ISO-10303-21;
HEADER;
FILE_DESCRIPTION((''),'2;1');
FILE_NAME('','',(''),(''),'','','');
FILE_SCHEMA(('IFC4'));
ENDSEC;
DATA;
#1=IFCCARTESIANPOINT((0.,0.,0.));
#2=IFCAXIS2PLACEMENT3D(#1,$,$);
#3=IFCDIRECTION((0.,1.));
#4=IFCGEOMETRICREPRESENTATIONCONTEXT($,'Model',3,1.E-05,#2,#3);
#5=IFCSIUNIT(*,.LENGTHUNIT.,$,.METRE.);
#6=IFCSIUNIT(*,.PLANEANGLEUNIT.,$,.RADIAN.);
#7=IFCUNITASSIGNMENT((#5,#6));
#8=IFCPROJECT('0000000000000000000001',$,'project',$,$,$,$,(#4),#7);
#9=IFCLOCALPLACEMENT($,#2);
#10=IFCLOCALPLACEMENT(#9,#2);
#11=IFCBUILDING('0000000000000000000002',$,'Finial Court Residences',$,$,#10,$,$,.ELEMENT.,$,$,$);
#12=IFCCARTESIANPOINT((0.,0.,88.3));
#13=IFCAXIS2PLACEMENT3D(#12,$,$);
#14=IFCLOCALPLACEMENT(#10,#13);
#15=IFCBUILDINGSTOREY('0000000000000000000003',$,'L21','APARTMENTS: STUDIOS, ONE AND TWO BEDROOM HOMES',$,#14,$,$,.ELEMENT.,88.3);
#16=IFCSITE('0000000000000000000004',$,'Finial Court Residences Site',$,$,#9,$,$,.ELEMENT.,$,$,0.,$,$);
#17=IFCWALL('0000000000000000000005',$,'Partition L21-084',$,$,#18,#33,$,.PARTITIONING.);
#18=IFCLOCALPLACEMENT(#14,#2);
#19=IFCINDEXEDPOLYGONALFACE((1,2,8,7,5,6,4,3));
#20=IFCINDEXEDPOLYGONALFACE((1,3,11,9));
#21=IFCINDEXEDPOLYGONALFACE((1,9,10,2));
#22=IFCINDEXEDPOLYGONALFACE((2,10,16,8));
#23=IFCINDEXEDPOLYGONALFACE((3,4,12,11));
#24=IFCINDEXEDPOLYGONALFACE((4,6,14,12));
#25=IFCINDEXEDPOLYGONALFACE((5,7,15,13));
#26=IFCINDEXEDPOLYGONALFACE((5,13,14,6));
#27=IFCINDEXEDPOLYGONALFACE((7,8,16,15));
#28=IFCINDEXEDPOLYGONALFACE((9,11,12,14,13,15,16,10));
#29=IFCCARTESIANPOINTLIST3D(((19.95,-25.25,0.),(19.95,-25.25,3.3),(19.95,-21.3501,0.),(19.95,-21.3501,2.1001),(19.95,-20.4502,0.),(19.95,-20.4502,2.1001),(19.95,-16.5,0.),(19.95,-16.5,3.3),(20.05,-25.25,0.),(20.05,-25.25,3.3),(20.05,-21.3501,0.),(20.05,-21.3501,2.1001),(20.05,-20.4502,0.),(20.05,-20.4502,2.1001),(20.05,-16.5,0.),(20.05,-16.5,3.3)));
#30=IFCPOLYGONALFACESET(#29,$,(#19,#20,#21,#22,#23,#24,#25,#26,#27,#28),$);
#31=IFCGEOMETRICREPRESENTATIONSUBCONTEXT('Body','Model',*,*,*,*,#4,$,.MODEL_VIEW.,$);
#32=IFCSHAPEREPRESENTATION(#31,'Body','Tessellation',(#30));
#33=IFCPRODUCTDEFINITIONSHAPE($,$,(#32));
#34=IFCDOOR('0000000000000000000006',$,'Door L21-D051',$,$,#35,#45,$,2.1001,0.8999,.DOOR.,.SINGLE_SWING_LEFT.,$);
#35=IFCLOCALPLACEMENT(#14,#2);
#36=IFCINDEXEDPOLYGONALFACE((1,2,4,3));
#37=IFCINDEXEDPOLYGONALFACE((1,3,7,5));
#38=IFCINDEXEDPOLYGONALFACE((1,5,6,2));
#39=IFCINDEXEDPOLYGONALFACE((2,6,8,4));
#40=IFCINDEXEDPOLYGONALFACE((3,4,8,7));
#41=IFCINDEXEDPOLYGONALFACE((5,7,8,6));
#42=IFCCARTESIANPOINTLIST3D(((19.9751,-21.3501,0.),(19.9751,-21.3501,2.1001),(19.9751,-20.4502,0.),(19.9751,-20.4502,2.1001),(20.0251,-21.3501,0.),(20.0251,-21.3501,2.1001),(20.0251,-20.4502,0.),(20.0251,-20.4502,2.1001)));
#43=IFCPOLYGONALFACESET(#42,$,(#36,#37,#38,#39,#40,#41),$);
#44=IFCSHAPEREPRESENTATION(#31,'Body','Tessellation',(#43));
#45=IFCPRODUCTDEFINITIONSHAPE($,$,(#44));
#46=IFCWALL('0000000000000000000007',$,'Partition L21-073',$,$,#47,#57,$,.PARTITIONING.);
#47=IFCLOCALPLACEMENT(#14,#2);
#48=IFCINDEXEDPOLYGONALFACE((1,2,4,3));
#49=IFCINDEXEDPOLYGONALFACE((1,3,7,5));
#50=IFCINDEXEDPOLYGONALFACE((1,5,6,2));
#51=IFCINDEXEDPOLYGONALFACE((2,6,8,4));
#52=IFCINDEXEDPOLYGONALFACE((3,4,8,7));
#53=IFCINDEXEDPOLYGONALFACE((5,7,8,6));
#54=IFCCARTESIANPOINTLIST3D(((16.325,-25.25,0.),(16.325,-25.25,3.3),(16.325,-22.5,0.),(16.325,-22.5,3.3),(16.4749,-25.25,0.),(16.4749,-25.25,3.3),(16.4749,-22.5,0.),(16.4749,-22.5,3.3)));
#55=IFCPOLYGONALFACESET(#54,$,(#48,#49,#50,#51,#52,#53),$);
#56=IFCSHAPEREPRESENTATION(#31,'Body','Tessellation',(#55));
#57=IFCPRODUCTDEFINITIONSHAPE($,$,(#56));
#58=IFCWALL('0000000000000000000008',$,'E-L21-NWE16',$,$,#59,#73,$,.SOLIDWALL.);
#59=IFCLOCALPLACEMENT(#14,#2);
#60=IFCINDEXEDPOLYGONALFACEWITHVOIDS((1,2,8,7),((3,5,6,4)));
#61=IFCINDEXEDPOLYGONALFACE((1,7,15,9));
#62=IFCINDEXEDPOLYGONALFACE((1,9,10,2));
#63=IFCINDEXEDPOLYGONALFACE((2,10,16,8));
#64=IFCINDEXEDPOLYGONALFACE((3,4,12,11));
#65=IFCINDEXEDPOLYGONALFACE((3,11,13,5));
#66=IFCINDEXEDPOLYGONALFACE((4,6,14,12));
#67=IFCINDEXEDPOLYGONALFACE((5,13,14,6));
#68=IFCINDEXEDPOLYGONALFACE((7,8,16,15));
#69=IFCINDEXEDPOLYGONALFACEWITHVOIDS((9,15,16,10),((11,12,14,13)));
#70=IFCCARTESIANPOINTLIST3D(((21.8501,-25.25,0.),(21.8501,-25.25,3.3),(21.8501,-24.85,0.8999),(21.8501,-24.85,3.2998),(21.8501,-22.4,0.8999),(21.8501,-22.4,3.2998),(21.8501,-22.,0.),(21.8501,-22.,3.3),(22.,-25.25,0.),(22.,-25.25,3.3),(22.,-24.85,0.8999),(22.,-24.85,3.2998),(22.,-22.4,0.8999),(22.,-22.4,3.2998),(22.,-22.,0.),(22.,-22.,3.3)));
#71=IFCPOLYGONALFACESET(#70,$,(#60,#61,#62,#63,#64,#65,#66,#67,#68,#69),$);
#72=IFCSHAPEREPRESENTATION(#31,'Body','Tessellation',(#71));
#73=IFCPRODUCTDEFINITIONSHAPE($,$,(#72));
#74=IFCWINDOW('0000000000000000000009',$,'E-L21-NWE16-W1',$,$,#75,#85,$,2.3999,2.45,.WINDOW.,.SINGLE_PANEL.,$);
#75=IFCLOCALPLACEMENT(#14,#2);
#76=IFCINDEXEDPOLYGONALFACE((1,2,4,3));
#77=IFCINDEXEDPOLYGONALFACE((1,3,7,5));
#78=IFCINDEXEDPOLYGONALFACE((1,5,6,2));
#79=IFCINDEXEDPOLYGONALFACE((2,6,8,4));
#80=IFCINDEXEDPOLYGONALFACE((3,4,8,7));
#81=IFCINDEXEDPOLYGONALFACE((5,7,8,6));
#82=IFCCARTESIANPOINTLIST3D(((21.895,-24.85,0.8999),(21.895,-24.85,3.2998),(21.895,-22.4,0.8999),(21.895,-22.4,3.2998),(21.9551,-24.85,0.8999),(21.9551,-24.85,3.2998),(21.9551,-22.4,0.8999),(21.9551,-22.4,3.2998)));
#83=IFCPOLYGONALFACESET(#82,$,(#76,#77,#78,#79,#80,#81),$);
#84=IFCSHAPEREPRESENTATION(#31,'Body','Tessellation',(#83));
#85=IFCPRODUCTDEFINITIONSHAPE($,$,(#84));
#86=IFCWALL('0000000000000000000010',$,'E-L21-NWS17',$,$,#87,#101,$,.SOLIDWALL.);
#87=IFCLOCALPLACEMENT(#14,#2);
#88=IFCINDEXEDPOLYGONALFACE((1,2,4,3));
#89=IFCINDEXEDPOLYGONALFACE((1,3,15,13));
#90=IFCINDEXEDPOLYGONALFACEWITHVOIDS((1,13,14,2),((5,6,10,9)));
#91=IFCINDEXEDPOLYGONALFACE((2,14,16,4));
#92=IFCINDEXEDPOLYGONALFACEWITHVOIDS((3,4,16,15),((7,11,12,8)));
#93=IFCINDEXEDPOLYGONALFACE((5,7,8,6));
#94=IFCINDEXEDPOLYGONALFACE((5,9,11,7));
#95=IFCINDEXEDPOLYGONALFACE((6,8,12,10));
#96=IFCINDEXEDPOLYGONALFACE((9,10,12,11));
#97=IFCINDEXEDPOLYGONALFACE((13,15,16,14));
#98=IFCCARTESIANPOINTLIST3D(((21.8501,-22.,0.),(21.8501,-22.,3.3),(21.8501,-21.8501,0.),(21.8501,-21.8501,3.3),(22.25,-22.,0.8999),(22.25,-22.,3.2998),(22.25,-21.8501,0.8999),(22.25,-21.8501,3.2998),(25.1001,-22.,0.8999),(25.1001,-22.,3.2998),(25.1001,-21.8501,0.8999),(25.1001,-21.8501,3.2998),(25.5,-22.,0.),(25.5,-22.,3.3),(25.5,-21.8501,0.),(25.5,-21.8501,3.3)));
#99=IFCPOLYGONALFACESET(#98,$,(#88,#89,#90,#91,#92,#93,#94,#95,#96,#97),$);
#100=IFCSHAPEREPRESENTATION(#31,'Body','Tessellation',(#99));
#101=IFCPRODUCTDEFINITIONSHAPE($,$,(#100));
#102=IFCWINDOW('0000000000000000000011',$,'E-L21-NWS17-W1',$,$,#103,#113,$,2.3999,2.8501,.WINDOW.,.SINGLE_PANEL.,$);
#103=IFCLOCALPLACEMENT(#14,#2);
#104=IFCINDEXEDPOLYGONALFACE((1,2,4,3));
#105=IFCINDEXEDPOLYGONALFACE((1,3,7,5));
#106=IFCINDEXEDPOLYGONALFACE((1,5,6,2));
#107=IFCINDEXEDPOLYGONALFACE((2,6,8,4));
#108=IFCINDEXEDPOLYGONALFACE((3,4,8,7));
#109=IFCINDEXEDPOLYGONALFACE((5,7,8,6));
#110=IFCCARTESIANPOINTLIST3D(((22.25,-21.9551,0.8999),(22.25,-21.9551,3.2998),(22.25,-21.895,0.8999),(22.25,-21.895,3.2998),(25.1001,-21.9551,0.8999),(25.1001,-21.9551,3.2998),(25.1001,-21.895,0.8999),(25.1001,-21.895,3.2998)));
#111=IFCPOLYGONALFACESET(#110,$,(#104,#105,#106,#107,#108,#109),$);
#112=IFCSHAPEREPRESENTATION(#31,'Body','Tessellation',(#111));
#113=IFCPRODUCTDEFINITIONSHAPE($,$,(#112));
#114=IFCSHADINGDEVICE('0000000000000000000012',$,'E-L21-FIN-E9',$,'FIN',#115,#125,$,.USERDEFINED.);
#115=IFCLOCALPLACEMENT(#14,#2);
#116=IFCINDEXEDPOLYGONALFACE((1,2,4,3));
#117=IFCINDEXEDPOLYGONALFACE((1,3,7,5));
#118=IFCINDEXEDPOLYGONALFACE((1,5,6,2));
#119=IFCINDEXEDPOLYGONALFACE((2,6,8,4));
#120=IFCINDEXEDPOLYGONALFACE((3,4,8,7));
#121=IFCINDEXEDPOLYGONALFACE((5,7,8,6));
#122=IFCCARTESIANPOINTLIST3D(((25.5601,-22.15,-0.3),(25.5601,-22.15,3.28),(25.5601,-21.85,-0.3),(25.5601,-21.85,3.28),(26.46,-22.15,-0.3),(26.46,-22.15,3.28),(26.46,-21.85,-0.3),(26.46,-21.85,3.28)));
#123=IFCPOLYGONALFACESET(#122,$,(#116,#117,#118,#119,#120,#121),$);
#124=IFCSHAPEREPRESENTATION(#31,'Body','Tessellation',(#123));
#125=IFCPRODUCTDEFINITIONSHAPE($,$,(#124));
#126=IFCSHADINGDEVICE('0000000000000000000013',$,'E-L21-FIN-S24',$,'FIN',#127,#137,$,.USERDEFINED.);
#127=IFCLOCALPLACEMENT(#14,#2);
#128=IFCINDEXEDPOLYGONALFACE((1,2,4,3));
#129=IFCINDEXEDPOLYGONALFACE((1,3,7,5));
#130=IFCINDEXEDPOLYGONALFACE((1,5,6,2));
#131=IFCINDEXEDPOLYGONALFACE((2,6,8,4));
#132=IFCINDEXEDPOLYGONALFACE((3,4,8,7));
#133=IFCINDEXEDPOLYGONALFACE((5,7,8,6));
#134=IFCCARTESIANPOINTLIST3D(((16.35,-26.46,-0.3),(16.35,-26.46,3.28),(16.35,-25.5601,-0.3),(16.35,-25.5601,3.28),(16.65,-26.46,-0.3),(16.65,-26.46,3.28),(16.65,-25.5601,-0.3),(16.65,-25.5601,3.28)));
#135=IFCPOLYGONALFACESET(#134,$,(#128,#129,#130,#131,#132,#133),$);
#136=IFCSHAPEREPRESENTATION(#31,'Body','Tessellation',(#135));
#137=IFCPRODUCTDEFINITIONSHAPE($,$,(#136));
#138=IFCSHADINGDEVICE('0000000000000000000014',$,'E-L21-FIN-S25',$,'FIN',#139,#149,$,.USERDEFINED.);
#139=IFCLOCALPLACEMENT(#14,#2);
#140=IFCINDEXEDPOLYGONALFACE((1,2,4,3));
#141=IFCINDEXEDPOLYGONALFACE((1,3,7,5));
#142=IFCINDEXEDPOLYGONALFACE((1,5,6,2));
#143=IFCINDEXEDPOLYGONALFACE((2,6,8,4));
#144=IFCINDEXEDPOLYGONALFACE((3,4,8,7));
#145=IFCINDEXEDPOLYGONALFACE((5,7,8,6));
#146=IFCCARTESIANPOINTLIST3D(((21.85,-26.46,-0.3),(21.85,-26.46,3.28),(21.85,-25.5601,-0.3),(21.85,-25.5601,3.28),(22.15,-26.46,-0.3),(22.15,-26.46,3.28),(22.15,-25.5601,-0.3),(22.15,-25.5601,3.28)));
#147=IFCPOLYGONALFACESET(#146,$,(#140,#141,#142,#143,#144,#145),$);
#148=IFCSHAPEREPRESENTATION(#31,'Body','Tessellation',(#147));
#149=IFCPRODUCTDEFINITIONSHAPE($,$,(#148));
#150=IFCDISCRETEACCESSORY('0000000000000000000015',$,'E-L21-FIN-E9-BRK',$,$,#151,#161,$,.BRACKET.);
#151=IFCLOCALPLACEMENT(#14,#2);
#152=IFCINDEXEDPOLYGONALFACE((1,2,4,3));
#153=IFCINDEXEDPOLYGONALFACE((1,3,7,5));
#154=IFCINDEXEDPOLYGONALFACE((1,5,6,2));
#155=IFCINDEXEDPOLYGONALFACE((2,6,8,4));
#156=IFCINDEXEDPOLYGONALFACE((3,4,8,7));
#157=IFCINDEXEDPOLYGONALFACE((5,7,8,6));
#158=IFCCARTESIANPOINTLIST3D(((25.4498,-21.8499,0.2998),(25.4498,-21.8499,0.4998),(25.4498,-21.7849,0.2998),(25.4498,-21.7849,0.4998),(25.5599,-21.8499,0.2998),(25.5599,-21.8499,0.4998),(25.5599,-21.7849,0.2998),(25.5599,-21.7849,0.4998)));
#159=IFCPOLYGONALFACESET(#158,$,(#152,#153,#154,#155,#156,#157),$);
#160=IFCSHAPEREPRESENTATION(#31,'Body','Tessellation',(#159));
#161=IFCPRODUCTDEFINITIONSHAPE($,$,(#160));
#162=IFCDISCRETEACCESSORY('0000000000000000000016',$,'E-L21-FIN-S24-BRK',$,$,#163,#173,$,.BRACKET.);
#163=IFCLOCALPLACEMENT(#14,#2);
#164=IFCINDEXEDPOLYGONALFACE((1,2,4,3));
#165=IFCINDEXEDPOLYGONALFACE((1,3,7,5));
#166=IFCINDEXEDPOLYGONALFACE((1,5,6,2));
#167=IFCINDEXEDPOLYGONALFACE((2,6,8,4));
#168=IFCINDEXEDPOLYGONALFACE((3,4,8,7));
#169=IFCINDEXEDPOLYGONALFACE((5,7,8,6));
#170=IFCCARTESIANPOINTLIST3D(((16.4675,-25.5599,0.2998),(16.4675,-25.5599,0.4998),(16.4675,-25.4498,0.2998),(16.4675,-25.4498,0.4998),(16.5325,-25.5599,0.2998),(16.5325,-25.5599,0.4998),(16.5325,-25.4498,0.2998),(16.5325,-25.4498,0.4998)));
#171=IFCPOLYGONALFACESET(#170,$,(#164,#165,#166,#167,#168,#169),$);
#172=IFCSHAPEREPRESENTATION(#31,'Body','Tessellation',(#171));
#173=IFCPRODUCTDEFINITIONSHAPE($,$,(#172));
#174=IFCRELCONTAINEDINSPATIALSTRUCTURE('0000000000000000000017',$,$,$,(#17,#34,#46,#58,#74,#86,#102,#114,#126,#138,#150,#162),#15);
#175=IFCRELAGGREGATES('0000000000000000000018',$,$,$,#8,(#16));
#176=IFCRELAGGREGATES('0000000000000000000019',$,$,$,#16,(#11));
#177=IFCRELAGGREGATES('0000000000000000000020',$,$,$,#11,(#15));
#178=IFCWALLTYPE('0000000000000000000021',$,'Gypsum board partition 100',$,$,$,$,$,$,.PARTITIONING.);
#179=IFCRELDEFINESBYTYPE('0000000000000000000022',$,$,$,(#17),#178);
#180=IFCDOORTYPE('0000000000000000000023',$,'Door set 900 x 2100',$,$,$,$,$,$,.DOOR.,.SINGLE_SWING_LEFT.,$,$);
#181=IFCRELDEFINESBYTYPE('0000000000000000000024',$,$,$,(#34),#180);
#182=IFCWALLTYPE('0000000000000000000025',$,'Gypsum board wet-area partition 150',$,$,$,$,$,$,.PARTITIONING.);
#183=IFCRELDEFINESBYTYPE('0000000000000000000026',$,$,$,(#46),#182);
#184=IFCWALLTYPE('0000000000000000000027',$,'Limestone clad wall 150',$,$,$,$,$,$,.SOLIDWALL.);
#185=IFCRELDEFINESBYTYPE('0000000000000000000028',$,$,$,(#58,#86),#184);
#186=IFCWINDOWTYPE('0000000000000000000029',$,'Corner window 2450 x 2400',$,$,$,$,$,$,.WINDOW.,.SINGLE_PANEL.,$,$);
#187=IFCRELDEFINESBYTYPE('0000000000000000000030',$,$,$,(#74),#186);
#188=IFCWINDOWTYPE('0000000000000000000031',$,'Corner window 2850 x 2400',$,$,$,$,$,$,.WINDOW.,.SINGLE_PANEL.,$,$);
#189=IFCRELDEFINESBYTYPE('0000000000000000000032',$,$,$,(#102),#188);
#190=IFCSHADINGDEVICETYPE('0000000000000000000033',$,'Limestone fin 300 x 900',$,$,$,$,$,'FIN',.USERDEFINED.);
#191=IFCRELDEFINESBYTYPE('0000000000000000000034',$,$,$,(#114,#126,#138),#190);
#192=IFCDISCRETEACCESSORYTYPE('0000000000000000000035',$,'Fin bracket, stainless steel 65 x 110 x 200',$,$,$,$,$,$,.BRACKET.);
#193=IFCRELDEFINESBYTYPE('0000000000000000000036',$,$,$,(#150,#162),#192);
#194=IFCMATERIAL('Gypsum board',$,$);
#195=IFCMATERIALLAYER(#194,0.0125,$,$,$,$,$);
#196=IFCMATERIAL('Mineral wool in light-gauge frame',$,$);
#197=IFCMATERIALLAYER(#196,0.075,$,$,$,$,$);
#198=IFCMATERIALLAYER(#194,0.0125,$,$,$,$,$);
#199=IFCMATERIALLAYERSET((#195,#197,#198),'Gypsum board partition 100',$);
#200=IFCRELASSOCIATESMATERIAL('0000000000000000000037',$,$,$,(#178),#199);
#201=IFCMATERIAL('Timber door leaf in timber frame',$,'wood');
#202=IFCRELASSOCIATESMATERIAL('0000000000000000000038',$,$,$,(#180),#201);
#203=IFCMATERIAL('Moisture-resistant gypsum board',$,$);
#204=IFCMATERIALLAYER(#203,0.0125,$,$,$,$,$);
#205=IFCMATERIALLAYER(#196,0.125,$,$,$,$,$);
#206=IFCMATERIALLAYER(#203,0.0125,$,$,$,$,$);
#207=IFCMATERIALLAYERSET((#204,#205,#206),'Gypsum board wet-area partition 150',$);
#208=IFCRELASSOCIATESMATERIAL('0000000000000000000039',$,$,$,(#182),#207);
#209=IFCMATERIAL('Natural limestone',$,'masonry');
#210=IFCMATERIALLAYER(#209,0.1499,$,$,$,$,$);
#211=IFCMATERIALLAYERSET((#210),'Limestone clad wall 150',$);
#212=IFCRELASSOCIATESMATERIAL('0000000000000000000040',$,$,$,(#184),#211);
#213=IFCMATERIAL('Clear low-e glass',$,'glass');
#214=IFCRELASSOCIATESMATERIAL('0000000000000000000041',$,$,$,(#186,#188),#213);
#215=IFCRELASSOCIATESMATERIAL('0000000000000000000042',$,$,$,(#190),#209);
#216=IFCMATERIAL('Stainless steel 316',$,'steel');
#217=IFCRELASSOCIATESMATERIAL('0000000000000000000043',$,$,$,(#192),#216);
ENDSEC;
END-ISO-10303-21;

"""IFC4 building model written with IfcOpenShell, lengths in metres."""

from ifc_helpers import new_model, si_unit, direction, frame, frame_2d, origin, origin_2d, place, context, subcontext, project, spatial, rectangle, extrude, material, layer, layer_set, type_object, element, fill, save


model = new_model("IFC4")

# Units and contexts
model_context = context("Model", 3, precision=1e-05, world=origin(), true_north=direction((0.0, 1.0)))
body_context = subcontext(model_context, "Body", "Model", "MODEL_VIEW")
ifc_project = project(units=[si_unit("LENGTHUNIT", "METRE"), si_unit("PLANEANGLEUNIT", "RADIAN")], contexts=[model_context])

# Site, building, storey
site_placement = place(None, origin())
site = spatial("IfcSite", under=ifc_project, at=site_placement, Name="Finial Court Residences Site", CompositionType="ELEMENT", RefElevation=0.0)
building_placement = place(site_placement, origin())
building = spatial("IfcBuilding", under=site, at=building_placement, Name="Finial Court Residences", CompositionType="ELEMENT")
storey_placement = place(building_placement, frame((0.0, 0.0, 88.3)))
storey = spatial("IfcBuildingStorey", under=building, at=storey_placement, Name="L21", Description="APARTMENTS: STUDIOS, ONE AND TWO BEDROOM HOMES", CompositionType="ELEMENT", Elevation=88.3)

# Shared definitions
ifc_material_1 = material(Name="Clear low-e glass", Category="glass")

# Shared definitions
ifc_material_2 = material(Name="Gypsum board")
ifc_layer_1 = layer(ifc_material_2, 0.0125)
ifc_material_3 = material(Name="Mineral wool in light-gauge frame")
ifc_layer_2 = layer(ifc_material_3, 0.075)
ifc_layer_3 = layer(ifc_material_2, 0.0125)
ifc_layer_set_1 = layer_set([ifc_layer_1, ifc_layer_2, ifc_layer_3], Name="Gypsum board partition 100")
wall_type_1 = type_object("IfcWallType", Name="Gypsum board partition 100", PredefinedType="PARTITIONING", material=ifc_layer_set_1)

# Wall, opening, door
wall_1_placement = place(storey_placement, frame((20.0, -25.25, 0.0), z_axis=(0.0, 0.0, 1.0), x_axis=(0.0, 1.0, 0.0)))
wall_1 = element("IfcWall", 1, at=wall_1_placement, inside=storey, type_object=wall_type_1, Name="Partition L21-084", PredefinedType="PARTITIONING", context=body_context, shape_type="SweptSolid", body=[
    extrude(rectangle(XDim=8.75, YDim=0.1001, at=frame_2d((4.375, 0.0))), origin(), (0.0, 0.0, 1.0), 3.3),
])
opening_1_placement = place(wall_1_placement, frame((3.8999, 0.0, 0.0)))
opening_1 = element("IfcOpeningElement", 2, at=opening_1_placement, cuts=wall_1, PredefinedType="OPENING", context=body_context, shape_type="SweptSolid", body=[
    extrude(rectangle(XDim=0.8999, YDim=2.1001, at=frame_2d((0.45, 1.05))), frame((0.0, 0.0601, 0.0), z_axis=(0.0, -1.0, 0.0), x_axis=(1.0, 0.0, 0.0)), (0.0, 0.0, 1.0), 0.1201),
])
ifc_material_4 = material(Name="Timber door leaf in timber frame", Category="wood")
door_type = type_object("IfcDoorType", Name="Door set 900 x 2100", OperationType="SINGLE_SWING_LEFT", PredefinedType="DOOR", material=ifc_material_4)
door_placement = place(opening_1_placement, origin())
door = element("IfcDoor", 3, at=door_placement, inside=storey, type_object=door_type, Name="Door L21-D051", OperationType="SINGLE_SWING_LEFT", OverallHeight=2.1001, OverallWidth=0.8999, PredefinedType="DOOR", context=body_context, shape_type="SweptSolid", body=[
    extrude(rectangle(XDim=0.8999, YDim=2.1001, at=frame_2d((0.45, 1.05))), frame((0.0, 0.0249, 0.0), z_axis=(0.0, -1.0, 0.0), x_axis=(1.0, 0.0, 0.0)), (0.0, 0.0, 1.0), 0.05),
])
fill(opening_1, door)

# Wall
ifc_material_5 = material(Name="Moisture-resistant gypsum board")
ifc_layer_4 = layer(ifc_material_5, 0.0125)
ifc_layer_5 = layer(ifc_material_3, 0.125)
ifc_layer_6 = layer(ifc_material_5, 0.0125)
ifc_layer_set_2 = layer_set([ifc_layer_4, ifc_layer_5, ifc_layer_6], Name="Gypsum board wet-area partition 150")
wall_type_2 = type_object("IfcWallType", Name="Gypsum board wet-area partition 150", PredefinedType="PARTITIONING", material=ifc_layer_set_2)
wall_2_placement = place(storey_placement, frame((16.3999, -25.25, 0.0), z_axis=(0.0, 0.0, 1.0), x_axis=(0.0, 1.0, 0.0)))
element("IfcWall", 4, at=wall_2_placement, inside=storey, type_object=wall_type_2, Name="Partition L21-073", PredefinedType="PARTITIONING", context=body_context, shape_type="SweptSolid", body=[
    extrude(rectangle(XDim=2.75, YDim=0.1499, at=frame_2d((1.375, 0.0))), origin(), (0.0, 0.0, 1.0), 3.3),
])

# Walls, openings, windows
ifc_material_6 = material(Name="Natural limestone", Category="masonry")
ifc_layer_7 = layer(ifc_material_6, 0.1499)
ifc_layer_set_3 = layer_set([ifc_layer_7], Name="Limestone clad wall 150")
wall_type_3 = type_object("IfcWallType", Name="Limestone clad wall 150", PredefinedType="SOLIDWALL", material=ifc_layer_set_3)
wall_3_placement = place(storey_placement, frame((21.925, -22.0, 0.0), z_axis=(0.0, 0.0, 1.0), x_axis=(0.0, -1.0, 0.0)))
wall_3 = element("IfcWall", 5, at=wall_3_placement, inside=storey, type_object=wall_type_3, Name="E-L21-NWE16", PredefinedType="SOLIDWALL", context=body_context, shape_type="SweptSolid", body=[
    extrude(rectangle(XDim=3.25, YDim=0.1499, at=frame_2d((1.625, 0.0))), origin(), (0.0, 0.0, 1.0), 3.3),
])
opening_2_placement = place(wall_3_placement, frame((0.3999, 0.0, 0.8999)))
opening_2 = element("IfcOpeningElement", 6, at=opening_2_placement, cuts=wall_3, PredefinedType="OPENING", context=body_context, shape_type="SweptSolid", body=[
    extrude(rectangle(XDim=2.45, YDim=2.3999, at=frame_2d((1.2251, 1.2))), frame((0.0, 0.085, 0.0), z_axis=(0.0, -1.0, 0.0), x_axis=(1.0, 0.0, 0.0)), (0.0, 0.0, 1.0), 0.1699),
])
window_type_1 = type_object("IfcWindowType", Name="Corner window 2450 x 2400", PartitioningType="SINGLE_PANEL", PredefinedType="WINDOW", material=ifc_material_1)
window_1_placement = place(opening_2_placement, origin())
window_1 = element("IfcWindow", 7, at=window_1_placement, inside=storey, type_object=window_type_1, Name="E-L21-NWE16-W1", OverallHeight=2.3999, OverallWidth=2.45, PartitioningType="SINGLE_PANEL", PredefinedType="WINDOW", context=body_context, shape_type="SweptSolid", body=[
    extrude(rectangle(XDim=2.45, YDim=2.3999, at=frame_2d((1.2251, 1.2))), frame((0.0, 0.03, 0.0), z_axis=(0.0, -1.0, 0.0), x_axis=(1.0, 0.0, 0.0)), (0.0, 0.0, 1.0), 0.0601),
])
fill(opening_2, window_1)
wall_4_placement = place(storey_placement, frame((25.5, -21.925, 0.0), z_axis=(0.0, 0.0, 1.0), x_axis=(-1.0, 0.0, 0.0)))
wall_4 = element("IfcWall", 8, at=wall_4_placement, inside=storey, type_object=wall_type_3, Name="E-L21-NWS17", PredefinedType="SOLIDWALL", context=body_context, shape_type="SweptSolid", body=[
    extrude(rectangle(XDim=3.6499, YDim=0.1499, at=frame_2d((1.825, 0.0))), origin(), (0.0, 0.0, 1.0), 3.3),
])
opening_3_placement = place(wall_4_placement, frame((0.3999, 0.0, 0.8999)))
opening_3 = element("IfcOpeningElement", 9, at=opening_3_placement, cuts=wall_4, PredefinedType="OPENING", context=body_context, shape_type="SweptSolid", body=[
    extrude(rectangle(XDim=2.8501, YDim=2.3999, at=frame_2d((1.425, 1.2))), frame((0.0, 0.085, 0.0), z_axis=(0.0, -1.0, 0.0), x_axis=(1.0, 0.0, 0.0)), (0.0, 0.0, 1.0), 0.1699),
])
window_type_2 = type_object("IfcWindowType", Name="Corner window 2850 x 2400", PartitioningType="SINGLE_PANEL", PredefinedType="WINDOW", material=ifc_material_1)
window_2_placement = place(opening_3_placement, origin())
window_2 = element("IfcWindow", 10, at=window_2_placement, inside=storey, type_object=window_type_2, Name="E-L21-NWS17-W1", OverallHeight=2.3999, OverallWidth=2.8501, PartitioningType="SINGLE_PANEL", PredefinedType="WINDOW", context=body_context, shape_type="SweptSolid", body=[
    extrude(rectangle(XDim=2.8501, YDim=2.3999, at=frame_2d((1.425, 1.2))), frame((0.0, 0.03, 0.0), z_axis=(0.0, -1.0, 0.0), x_axis=(1.0, 0.0, 0.0)), (0.0, 0.0, 1.0), 0.0601),
])
fill(opening_3, window_2)

# Shading devices
shading_device_type = type_object("IfcShadingDeviceType", Name="Limestone fin 300 x 900", ElementType="FIN", PredefinedType="USERDEFINED", material=ifc_material_6)
shading_device_placement = place(storey_placement, frame((26.01, -22.0, -0.3), z_axis=(0.0, 0.0, 1.0), x_axis=(1.0, 0.0, 0.0)))
element("IfcShadingDevice", 11, at=shading_device_placement, inside=storey, type_object=shading_device_type, Name="E-L21-FIN-E9", ObjectType="FIN", PredefinedType="USERDEFINED", context=body_context, shape_type="SweptSolid", body=[
    extrude(rectangle(XDim=0.8999, YDim=0.3, at=origin_2d()), origin(), (0.0, 0.0, 1.0), 3.5801),
])
for number, where, z_axis, x_axis, name in (
    (12, (16.5, -26.01, -0.3), (0.0, 0.0, 1.0), (1.0, 0.0, 0.0), "E-L21-FIN-S24"),
    (13, (22.0, -26.01, -0.3), (0.0, 0.0, 1.0), (1.0, 0.0, 0.0), "E-L21-FIN-S25"),
):
    element("IfcShadingDevice", number, at=place(storey_placement, frame(where, z_axis=z_axis, x_axis=x_axis)), inside=storey, type_object=shading_device_type, Name=name, ObjectType="FIN", PredefinedType="USERDEFINED", context=body_context, shape_type="SweptSolid", body=[
        extrude(rectangle(XDim=0.3, YDim=0.8999, at=origin_2d()), origin(), (0.0, 0.0, 1.0), 3.5801),
    ])

# Discrete accessories
ifc_material_7 = material(Name="Stainless steel 316", Category="steel")
discrete_accessory_type = type_object("IfcDiscreteAccessoryType", Name="Fin bracket, stainless steel 65 x 110 x 200", PredefinedType="BRACKET", material=ifc_material_7)
discrete_accessory_placement = place(storey_placement, frame((25.5049, -21.8174, 0.2998), z_axis=(0.0, 0.0, 1.0), x_axis=(1.0, 0.0, 0.0)))
element("IfcDiscreteAccessory", 14, at=discrete_accessory_placement, inside=storey, type_object=discrete_accessory_type, Name="E-L21-FIN-E9-BRK", PredefinedType="BRACKET", context=body_context, shape_type="SweptSolid", body=[
    extrude(rectangle(XDim=0.1101, YDim=0.0649, at=origin_2d()), origin(), (0.0, 0.0, 1.0), 0.2),
])
for number, where, z_axis, x_axis, name in (
    (15, (16.5, -25.5049, 0.2998), (0.0, 0.0, 1.0), (1.0, 0.0, 0.0), "E-L21-FIN-S24-BRK"),
):
    element("IfcDiscreteAccessory", number, at=place(storey_placement, frame(where, z_axis=z_axis, x_axis=x_axis)), inside=storey, type_object=discrete_accessory_type, Name=name, PredefinedType="BRACKET", context=body_context, shape_type="SweptSolid", body=[
        extrude(rectangle(XDim=0.0649, YDim=0.1101, at=origin_2d()), origin(), (0.0, 0.0, 1.0), 0.2),
    ])

save(model, "model.ifc")
